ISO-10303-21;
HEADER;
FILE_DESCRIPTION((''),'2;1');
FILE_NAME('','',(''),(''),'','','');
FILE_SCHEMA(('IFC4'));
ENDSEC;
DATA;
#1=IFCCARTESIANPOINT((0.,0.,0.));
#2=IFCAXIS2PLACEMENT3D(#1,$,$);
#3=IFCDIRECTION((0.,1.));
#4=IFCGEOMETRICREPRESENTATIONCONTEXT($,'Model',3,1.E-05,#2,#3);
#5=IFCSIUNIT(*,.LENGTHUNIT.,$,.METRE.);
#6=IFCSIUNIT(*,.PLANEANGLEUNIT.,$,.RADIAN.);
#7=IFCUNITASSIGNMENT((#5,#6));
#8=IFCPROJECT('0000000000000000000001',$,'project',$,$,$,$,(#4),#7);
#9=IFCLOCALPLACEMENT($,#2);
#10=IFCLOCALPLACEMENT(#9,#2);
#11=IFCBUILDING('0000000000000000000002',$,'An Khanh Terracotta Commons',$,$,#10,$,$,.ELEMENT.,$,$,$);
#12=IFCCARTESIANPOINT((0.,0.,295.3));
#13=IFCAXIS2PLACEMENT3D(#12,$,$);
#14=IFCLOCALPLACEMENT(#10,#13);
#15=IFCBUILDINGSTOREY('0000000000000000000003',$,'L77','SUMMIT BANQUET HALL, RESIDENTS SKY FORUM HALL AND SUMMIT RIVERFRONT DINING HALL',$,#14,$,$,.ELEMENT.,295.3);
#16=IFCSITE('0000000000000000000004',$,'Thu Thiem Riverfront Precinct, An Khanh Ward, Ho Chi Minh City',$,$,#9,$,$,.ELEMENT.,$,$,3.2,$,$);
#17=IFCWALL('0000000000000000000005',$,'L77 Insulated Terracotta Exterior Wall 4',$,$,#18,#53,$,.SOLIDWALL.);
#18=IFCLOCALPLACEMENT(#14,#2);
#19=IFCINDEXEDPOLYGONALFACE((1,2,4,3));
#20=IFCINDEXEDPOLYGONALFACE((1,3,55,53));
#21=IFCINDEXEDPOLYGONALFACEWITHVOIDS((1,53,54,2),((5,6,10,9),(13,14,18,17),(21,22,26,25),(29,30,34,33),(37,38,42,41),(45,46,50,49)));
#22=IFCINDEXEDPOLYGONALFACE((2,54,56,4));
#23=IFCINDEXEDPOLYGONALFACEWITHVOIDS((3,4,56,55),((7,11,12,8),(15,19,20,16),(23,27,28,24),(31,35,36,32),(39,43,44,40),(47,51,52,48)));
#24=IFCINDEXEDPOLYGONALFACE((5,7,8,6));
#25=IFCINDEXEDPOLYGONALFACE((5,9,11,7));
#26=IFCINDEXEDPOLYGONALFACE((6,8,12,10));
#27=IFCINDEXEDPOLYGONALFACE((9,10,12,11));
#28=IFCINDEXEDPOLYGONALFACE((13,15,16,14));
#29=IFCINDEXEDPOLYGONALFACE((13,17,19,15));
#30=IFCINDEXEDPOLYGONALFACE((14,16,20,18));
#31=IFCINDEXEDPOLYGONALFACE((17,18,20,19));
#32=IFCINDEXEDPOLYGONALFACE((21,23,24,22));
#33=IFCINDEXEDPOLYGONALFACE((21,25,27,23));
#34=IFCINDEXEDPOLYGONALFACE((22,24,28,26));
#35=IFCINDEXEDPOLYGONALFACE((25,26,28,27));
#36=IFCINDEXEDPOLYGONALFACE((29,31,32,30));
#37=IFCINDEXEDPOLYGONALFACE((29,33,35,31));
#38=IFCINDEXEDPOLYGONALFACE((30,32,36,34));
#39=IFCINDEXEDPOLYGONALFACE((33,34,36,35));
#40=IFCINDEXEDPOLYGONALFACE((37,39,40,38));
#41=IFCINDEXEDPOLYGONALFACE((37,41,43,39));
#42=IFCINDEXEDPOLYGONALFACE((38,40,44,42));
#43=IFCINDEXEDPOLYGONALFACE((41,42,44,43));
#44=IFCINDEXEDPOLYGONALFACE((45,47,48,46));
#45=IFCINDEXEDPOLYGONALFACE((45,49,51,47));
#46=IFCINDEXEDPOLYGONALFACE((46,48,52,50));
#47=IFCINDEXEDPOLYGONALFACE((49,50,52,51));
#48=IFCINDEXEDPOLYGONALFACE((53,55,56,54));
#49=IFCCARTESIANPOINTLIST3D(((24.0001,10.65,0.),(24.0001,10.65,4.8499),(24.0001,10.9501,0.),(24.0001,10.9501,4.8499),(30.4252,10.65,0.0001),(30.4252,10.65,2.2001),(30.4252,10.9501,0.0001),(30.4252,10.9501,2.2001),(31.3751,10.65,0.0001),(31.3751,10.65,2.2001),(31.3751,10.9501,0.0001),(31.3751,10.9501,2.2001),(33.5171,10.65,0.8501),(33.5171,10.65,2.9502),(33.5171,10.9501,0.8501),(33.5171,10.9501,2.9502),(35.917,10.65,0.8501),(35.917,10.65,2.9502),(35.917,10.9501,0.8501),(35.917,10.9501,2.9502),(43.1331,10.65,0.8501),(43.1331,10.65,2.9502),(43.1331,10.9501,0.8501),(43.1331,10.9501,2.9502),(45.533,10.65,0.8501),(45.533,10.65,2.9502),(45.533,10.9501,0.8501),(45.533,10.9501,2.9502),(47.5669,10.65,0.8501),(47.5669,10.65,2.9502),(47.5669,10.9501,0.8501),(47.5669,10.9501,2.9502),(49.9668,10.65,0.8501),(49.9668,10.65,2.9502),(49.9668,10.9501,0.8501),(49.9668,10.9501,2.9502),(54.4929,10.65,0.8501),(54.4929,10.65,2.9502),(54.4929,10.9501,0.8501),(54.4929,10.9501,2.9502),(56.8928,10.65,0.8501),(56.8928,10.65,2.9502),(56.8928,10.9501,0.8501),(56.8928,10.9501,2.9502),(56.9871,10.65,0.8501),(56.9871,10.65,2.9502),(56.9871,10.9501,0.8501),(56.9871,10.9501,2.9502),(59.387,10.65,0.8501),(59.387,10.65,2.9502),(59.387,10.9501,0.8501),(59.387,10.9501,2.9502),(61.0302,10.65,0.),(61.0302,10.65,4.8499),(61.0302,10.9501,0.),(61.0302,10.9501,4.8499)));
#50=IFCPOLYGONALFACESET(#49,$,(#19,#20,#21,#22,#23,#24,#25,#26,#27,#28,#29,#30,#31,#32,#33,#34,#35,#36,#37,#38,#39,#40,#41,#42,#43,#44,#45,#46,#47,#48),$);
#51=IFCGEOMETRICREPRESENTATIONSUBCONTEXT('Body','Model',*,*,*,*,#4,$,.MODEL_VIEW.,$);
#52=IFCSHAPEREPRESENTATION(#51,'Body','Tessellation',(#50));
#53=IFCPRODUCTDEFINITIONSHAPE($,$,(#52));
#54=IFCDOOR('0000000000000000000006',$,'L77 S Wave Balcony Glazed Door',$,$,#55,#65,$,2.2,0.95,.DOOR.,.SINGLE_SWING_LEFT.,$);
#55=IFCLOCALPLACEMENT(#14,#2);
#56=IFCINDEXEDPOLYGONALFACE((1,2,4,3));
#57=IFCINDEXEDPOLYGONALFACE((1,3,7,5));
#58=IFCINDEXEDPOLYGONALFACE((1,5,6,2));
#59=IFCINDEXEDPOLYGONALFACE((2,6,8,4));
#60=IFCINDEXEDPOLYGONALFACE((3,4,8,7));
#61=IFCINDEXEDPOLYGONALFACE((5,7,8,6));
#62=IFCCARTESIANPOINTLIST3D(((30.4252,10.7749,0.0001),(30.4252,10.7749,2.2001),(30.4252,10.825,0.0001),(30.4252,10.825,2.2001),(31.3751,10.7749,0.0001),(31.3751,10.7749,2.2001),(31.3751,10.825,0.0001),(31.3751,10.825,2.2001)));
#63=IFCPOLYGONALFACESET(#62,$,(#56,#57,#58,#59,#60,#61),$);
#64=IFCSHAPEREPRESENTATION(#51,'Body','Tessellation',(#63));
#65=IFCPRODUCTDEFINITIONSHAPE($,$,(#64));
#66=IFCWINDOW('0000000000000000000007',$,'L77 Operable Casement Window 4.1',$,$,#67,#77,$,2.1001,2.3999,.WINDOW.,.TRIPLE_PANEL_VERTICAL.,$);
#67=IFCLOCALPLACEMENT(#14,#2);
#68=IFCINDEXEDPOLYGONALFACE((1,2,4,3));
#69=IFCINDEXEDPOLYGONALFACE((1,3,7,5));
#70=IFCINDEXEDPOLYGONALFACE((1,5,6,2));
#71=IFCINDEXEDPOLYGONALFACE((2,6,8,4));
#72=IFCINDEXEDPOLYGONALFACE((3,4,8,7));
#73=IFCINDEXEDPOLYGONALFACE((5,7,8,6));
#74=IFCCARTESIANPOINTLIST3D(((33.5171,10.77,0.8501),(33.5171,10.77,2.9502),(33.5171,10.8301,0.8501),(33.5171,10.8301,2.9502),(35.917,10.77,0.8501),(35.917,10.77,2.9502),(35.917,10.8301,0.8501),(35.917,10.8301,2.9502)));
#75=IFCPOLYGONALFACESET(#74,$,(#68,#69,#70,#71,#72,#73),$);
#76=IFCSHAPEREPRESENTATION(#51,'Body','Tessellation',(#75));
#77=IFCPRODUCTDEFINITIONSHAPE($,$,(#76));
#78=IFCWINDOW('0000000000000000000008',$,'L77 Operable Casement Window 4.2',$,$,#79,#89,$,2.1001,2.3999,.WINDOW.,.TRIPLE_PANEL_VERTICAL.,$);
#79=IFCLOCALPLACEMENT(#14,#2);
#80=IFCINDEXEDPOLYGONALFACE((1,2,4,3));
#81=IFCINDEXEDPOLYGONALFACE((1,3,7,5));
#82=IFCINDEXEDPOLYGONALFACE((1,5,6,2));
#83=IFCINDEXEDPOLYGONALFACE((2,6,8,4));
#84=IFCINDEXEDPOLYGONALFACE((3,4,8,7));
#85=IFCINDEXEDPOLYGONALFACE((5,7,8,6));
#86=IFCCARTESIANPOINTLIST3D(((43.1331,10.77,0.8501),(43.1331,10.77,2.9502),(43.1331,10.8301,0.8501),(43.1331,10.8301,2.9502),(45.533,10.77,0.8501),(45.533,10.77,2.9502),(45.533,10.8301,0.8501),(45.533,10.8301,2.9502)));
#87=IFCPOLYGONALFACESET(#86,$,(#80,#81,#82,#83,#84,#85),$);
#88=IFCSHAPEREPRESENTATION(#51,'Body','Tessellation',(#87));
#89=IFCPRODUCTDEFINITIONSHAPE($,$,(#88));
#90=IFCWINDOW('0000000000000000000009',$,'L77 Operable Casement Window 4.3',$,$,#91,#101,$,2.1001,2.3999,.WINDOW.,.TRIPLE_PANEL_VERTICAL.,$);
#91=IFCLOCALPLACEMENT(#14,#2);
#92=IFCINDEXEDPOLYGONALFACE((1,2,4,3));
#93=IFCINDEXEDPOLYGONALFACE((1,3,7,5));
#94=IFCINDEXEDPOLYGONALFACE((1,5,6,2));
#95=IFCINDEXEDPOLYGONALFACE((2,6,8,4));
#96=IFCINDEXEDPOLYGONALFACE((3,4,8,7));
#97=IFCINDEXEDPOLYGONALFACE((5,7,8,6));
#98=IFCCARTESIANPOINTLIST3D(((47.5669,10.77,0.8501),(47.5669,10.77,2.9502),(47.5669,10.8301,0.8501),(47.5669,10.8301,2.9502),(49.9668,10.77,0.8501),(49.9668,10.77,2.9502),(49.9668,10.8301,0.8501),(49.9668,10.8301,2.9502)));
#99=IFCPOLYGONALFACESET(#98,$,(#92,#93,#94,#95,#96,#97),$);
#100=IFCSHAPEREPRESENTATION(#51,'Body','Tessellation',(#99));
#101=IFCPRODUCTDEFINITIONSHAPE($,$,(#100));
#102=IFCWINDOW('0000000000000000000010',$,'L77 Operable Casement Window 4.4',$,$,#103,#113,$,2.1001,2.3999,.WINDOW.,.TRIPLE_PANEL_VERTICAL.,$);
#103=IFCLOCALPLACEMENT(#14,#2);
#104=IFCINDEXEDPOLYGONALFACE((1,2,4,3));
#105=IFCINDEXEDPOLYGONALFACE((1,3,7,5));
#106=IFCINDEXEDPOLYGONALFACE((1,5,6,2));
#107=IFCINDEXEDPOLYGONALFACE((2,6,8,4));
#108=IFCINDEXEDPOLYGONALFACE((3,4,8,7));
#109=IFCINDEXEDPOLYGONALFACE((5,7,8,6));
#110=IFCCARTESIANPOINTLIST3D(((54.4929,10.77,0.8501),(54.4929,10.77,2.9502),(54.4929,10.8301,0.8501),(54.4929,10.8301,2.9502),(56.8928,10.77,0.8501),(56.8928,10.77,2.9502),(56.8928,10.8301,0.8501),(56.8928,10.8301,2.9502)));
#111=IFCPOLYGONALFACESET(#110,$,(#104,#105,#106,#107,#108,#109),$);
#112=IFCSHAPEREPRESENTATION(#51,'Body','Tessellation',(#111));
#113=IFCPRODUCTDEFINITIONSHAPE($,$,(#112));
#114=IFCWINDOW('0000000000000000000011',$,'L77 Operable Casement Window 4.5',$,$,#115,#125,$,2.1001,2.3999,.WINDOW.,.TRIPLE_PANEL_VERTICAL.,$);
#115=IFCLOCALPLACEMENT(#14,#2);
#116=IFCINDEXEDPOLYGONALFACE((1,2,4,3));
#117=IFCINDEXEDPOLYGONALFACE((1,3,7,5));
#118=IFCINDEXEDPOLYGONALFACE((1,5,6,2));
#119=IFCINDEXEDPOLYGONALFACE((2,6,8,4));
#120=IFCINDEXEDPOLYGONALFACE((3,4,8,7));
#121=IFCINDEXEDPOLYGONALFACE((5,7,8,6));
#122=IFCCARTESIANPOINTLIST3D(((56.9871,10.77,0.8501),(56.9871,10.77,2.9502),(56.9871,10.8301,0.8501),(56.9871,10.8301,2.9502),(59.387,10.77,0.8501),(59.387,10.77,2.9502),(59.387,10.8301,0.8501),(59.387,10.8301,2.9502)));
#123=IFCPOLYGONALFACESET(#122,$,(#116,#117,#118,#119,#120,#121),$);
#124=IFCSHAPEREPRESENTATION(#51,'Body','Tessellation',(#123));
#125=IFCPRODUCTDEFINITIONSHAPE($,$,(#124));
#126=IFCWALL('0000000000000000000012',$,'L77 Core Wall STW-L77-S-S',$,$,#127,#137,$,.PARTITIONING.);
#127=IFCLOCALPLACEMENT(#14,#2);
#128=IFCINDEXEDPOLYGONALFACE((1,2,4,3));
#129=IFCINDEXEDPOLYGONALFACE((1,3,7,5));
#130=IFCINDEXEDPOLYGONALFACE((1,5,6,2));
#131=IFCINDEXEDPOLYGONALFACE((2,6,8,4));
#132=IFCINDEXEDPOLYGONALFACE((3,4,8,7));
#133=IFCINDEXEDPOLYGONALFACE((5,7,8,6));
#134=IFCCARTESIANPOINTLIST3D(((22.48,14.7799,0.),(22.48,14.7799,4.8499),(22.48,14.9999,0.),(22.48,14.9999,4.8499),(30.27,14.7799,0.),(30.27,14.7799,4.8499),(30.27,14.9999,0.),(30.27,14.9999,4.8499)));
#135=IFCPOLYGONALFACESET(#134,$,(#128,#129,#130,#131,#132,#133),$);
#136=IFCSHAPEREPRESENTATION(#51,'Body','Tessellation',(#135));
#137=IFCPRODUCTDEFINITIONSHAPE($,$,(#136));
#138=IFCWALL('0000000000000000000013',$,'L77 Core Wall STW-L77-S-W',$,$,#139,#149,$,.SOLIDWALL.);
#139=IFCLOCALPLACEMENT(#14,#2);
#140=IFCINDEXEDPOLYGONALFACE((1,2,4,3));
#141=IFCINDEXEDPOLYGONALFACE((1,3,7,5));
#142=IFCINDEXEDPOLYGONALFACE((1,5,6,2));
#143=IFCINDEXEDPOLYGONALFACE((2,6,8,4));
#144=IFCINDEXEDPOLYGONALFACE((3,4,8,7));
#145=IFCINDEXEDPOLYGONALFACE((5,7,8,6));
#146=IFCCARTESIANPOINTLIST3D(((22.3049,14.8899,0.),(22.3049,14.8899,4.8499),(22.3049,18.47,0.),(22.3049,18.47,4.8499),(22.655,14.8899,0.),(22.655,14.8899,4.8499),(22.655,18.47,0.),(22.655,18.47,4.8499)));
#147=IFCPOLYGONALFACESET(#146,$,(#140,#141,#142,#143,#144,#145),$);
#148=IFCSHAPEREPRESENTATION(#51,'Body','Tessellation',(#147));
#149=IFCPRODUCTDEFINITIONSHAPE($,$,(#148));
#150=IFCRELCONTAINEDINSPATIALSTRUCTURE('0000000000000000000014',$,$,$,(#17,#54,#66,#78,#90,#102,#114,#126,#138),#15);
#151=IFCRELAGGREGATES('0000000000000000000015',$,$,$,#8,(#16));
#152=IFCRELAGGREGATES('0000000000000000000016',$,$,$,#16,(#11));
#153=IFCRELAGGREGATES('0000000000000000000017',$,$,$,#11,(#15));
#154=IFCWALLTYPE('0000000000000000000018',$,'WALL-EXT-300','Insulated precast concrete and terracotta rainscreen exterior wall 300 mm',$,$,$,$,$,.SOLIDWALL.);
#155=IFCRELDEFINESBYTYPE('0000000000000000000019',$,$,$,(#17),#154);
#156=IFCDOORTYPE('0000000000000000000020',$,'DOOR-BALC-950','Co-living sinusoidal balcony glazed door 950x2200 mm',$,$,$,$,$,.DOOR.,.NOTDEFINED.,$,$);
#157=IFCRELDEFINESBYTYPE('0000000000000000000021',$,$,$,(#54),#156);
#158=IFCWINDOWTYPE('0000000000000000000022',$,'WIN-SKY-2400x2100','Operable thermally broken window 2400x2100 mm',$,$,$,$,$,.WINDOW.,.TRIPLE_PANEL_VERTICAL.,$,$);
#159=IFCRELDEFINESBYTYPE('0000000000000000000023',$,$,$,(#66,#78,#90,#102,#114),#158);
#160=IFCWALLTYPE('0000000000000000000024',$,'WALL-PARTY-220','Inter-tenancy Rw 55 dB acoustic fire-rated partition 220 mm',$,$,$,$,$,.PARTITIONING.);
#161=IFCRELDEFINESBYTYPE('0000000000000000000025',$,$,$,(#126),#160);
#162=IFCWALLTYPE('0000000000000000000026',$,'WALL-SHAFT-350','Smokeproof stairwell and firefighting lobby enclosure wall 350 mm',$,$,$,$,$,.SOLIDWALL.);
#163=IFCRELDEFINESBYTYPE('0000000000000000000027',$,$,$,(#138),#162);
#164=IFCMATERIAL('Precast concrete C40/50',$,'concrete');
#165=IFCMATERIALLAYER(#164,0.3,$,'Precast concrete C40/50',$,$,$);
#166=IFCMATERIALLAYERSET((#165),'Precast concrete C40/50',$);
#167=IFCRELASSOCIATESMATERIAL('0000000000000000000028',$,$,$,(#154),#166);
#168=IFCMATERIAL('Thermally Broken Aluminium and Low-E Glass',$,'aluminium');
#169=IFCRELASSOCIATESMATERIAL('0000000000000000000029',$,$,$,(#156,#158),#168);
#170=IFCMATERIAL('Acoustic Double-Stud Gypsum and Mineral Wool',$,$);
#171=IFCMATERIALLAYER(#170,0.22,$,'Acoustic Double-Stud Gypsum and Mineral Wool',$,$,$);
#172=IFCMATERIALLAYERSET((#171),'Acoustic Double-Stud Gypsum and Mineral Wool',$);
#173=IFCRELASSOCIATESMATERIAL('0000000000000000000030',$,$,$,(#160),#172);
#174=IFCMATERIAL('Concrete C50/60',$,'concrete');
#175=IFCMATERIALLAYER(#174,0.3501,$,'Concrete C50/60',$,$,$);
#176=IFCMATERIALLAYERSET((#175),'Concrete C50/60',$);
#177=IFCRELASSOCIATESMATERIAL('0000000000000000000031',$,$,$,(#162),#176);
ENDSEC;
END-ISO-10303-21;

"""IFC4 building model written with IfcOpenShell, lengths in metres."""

from ifc_helpers import new_model, si_unit, direction, frame, frame_2d, origin, place, context, subcontext, project, spatial, rectangle, extrude, material, layer, layer_set, type_object, element, fill, save


model = new_model("IFC4")

# Units and contexts
model_context = context("Model", 3, precision=1e-05, world=origin(), true_north=direction((0.0, 1.0)))
body_context = subcontext(model_context, "Body", "Model", "MODEL_VIEW")
ifc_project = project(units=[si_unit("LENGTHUNIT", "METRE"), si_unit("PLANEANGLEUNIT", "RADIAN")], contexts=[model_context])

# Site, building, storey
site_placement = place(None, origin())
site = spatial("IfcSite", under=ifc_project, at=site_placement, Name="Thu Thiem Riverfront Precinct, An Khanh Ward, Ho Chi Minh City", CompositionType="ELEMENT", RefElevation=3.2)
building_placement = place(site_placement, origin())
building = spatial("IfcBuilding", under=site, at=building_placement, Name="An Khanh Terracotta Commons", CompositionType="ELEMENT")
storey_placement = place(building_placement, frame((0.0, 0.0, 295.3)))
storey = spatial("IfcBuildingStorey", under=building, at=storey_placement, Name="L77", Description="SUMMIT BANQUET HALL, RESIDENTS SKY FORUM HALL AND SUMMIT RIVERFRONT DINING HALL", CompositionType="ELEMENT", Elevation=295.3)

# Shared definitions
ifc_material_1 = material(Name="Concrete C50/60", Category="concrete")

# Shared definitions
ifc_material_2 = material(Name="Precast concrete C40/50", Category="concrete")
ifc_layer_1 = layer(ifc_material_2, 0.3, Name="Precast concrete C40/50")
ifc_layer_set_1 = layer_set([ifc_layer_1], Name="Precast concrete C40/50")
wall_type_1 = type_object("IfcWallType", Name="WALL-EXT-300", Description="Insulated precast concrete and terracotta rainscreen exterior wall 300 mm", PredefinedType="SOLIDWALL", material=ifc_layer_set_1)

# Wall, openings, door, windows
wall_1_placement = place(storey_placement, frame((24.0, 10.8, 0.0), z_axis=(0.0, 0.0, 1.0), x_axis=(1.0, 0.0, 0.0)))
wall_1 = element("IfcWall", 1, at=wall_1_placement, inside=storey, type_object=wall_type_1, Name="L77 Insulated Terracotta Exterior Wall 4", PredefinedType="SOLIDWALL", context=body_context, shape_type="SweptSolid", body=[
    extrude(rectangle(XDim=37.03, YDim=0.3, at=frame_2d((18.5151, 0.0))), origin(), (0.0, 0.0, 1.0), 4.8499),
])
opening_1_placement = place(wall_1_placement, frame((6.425, 0.0, 0.0)))
opening_1 = element("IfcOpeningElement", 2, at=opening_1_placement, cuts=wall_1, PredefinedType="OPENING", context=body_context, shape_type="SweptSolid", body=[
    extrude(rectangle(XDim=0.95, YDim=2.2, at=frame_2d((0.4751, 1.1001))), frame((0.0, 0.1599, 0.0), z_axis=(0.0, -1.0, 0.0), x_axis=(1.0, 0.0, 0.0)), (0.0, 0.0, 1.0), 0.3201),
])
opening_2_placement = place(wall_1_placement, frame((9.5171, 0.0, 0.8501)))
opening_2 = element("IfcOpeningElement", 3, at=opening_2_placement, cuts=wall_1, PredefinedType="OPENING", context=body_context, shape_type="SweptSolid", body=[
    extrude(rectangle(XDim=2.3999, YDim=2.1001, at=frame_2d((1.2, 1.05))), frame((0.0, 0.1599, 0.0), z_axis=(0.0, -1.0, 0.0), x_axis=(1.0, 0.0, 0.0)), (0.0, 0.0, 1.0), 0.3201),
])
opening_3_placement = place(wall_1_placement, frame((19.1331, 0.0, 0.8501)))
opening_3 = element("IfcOpeningElement", 4, at=opening_3_placement, cuts=wall_1, PredefinedType="OPENING", context=body_context, shape_type="SweptSolid", body=[
    extrude(rectangle(XDim=2.3999, YDim=2.1001, at=frame_2d((1.2, 1.05))), frame((0.0, 0.1599, 0.0), z_axis=(0.0, -1.0, 0.0), x_axis=(1.0, 0.0, 0.0)), (0.0, 0.0, 1.0), 0.3201),
])
opening_4_placement = place(wall_1_placement, frame((23.5669, 0.0, 0.8501)))
opening_4 = element("IfcOpeningElement", 5, at=opening_4_placement, cuts=wall_1, PredefinedType="OPENING", context=body_context, shape_type="SweptSolid", body=[
    extrude(rectangle(XDim=2.3999, YDim=2.1001, at=frame_2d((1.2, 1.05))), frame((0.0, 0.1599, 0.0), z_axis=(0.0, -1.0, 0.0), x_axis=(1.0, 0.0, 0.0)), (0.0, 0.0, 1.0), 0.3201),
])
opening_5_placement = place(wall_1_placement, frame((30.4929, 0.0, 0.8501)))
opening_5 = element("IfcOpeningElement", 6, at=opening_5_placement, cuts=wall_1, PredefinedType="OPENING", context=body_context, shape_type="SweptSolid", body=[
    extrude(rectangle(XDim=2.3999, YDim=2.1001, at=frame_2d((1.2, 1.05))), frame((0.0, 0.1599, 0.0), z_axis=(0.0, -1.0, 0.0), x_axis=(1.0, 0.0, 0.0)), (0.0, 0.0, 1.0), 0.3201),
])
opening_6_placement = place(wall_1_placement, frame((32.9871, 0.0, 0.8501)))
opening_6 = element("IfcOpeningElement", 7, at=opening_6_placement, cuts=wall_1, PredefinedType="OPENING", context=body_context, shape_type="SweptSolid", body=[
    extrude(rectangle(XDim=2.3999, YDim=2.1001, at=frame_2d((1.2, 1.05))), frame((0.0, 0.1599, 0.0), z_axis=(0.0, -1.0, 0.0), x_axis=(1.0, 0.0, 0.0)), (0.0, 0.0, 1.0), 0.3201),
])
ifc_material_3 = material(Name="Thermally Broken Aluminium and Low-E Glass", Category="aluminium")
door_type = type_object("IfcDoorType", Name="DOOR-BALC-950", Description="Co-living sinusoidal balcony glazed door 950x2200 mm", OperationType="NOTDEFINED", PredefinedType="DOOR", material=ifc_material_3)
door_placement = place(opening_1_placement, origin())
door = element("IfcDoor", 8, at=door_placement, inside=storey, type_object=door_type, Name="L77 S Wave Balcony Glazed Door", OperationType="SINGLE_SWING_LEFT", OverallHeight=2.2, OverallWidth=0.95, PredefinedType="DOOR", context=body_context, shape_type="SweptSolid", body=[
    extrude(rectangle(XDim=0.95, YDim=2.2, at=frame_2d((0.4751, 1.1001))), frame((0.0, 0.0249, 0.0), z_axis=(0.0, -1.0, 0.0), x_axis=(1.0, 0.0, 0.0)), (0.0, 0.0, 1.0), 0.05),
])
fill(opening_1, door)
window_type = type_object("IfcWindowType", Name="WIN-SKY-2400x2100", Description="Operable thermally broken window 2400x2100 mm", PartitioningType="TRIPLE_PANEL_VERTICAL", PredefinedType="WINDOW", material=ifc_material_3)
window_1_placement = place(opening_2_placement, origin())
window_1 = element("IfcWindow", 9, at=window_1_placement, inside=storey, type_object=window_type, Name="L77 Operable Casement Window 4.1", OverallHeight=2.1001, OverallWidth=2.3999, PartitioningType="TRIPLE_PANEL_VERTICAL", PredefinedType="WINDOW", context=body_context, shape_type="SweptSolid", body=[
    extrude(rectangle(XDim=2.3999, YDim=2.1001, at=frame_2d((1.2, 1.05))), frame((0.0, 0.03, 0.0), z_axis=(0.0, -1.0, 0.0), x_axis=(1.0, 0.0, 0.0)), (0.0, 0.0, 1.0), 0.0601),
])
fill(opening_2, window_1)
window_2_placement = place(opening_3_placement, origin())
window_2 = element("IfcWindow", 10, at=window_2_placement, inside=storey, type_object=window_type, Name="L77 Operable Casement Window 4.2", OverallHeight=2.1001, OverallWidth=2.3999, PartitioningType="TRIPLE_PANEL_VERTICAL", PredefinedType="WINDOW", context=body_context, shape_type="SweptSolid", body=[
    extrude(rectangle(XDim=2.3999, YDim=2.1001, at=frame_2d((1.2, 1.05))), frame((0.0, 0.03, 0.0), z_axis=(0.0, -1.0, 0.0), x_axis=(1.0, 0.0, 0.0)), (0.0, 0.0, 1.0), 0.0601),
])
fill(opening_3, window_2)
window_3_placement = place(opening_4_placement, origin())
window_3 = element("IfcWindow", 11, at=window_3_placement, inside=storey, type_object=window_type, Name="L77 Operable Casement Window 4.3", OverallHeight=2.1001, OverallWidth=2.3999, PartitioningType="TRIPLE_PANEL_VERTICAL", PredefinedType="WINDOW", context=body_context, shape_type="SweptSolid", body=[
    extrude(rectangle(XDim=2.3999, YDim=2.1001, at=frame_2d((1.2, 1.05))), frame((0.0, 0.03, 0.0), z_axis=(0.0, -1.0, 0.0), x_axis=(1.0, 0.0, 0.0)), (0.0, 0.0, 1.0), 0.0601),
])
fill(opening_4, window_3)
window_4_placement = place(opening_5_placement, origin())
window_4 = element("IfcWindow", 12, at=window_4_placement, inside=storey, type_object=window_type, Name="L77 Operable Casement Window 4.4", OverallHeight=2.1001, OverallWidth=2.3999, PartitioningType="TRIPLE_PANEL_VERTICAL", PredefinedType="WINDOW", context=body_context, shape_type="SweptSolid", body=[
    extrude(rectangle(XDim=2.3999, YDim=2.1001, at=frame_2d((1.2, 1.05))), frame((0.0, 0.03, 0.0), z_axis=(0.0, -1.0, 0.0), x_axis=(1.0, 0.0, 0.0)), (0.0, 0.0, 1.0), 0.0601),
])
fill(opening_5, window_4)
window_5_placement = place(opening_6_placement, origin())
window_5 = element("IfcWindow", 13, at=window_5_placement, inside=storey, type_object=window_type, Name="L77 Operable Casement Window 4.5", OverallHeight=2.1001, OverallWidth=2.3999, PartitioningType="TRIPLE_PANEL_VERTICAL", PredefinedType="WINDOW", context=body_context, shape_type="SweptSolid", body=[
    extrude(rectangle(XDim=2.3999, YDim=2.1001, at=frame_2d((1.2, 1.05))), frame((0.0, 0.03, 0.0), z_axis=(0.0, -1.0, 0.0), x_axis=(1.0, 0.0, 0.0)), (0.0, 0.0, 1.0), 0.0601),
])
fill(opening_6, window_5)

# Walls
ifc_material_4 = material(Name="Acoustic Double-Stud Gypsum and Mineral Wool")
ifc_layer_2 = layer(ifc_material_4, 0.22, Name="Acoustic Double-Stud Gypsum and Mineral Wool")
ifc_layer_set_2 = layer_set([ifc_layer_2], Name="Acoustic Double-Stud Gypsum and Mineral Wool")
wall_type_2 = type_object("IfcWallType", Name="WALL-PARTY-220", Description="Inter-tenancy Rw 55 dB acoustic fire-rated partition 220 mm", PredefinedType="PARTITIONING", material=ifc_layer_set_2)
wall_2_placement = place(storey_placement, frame((22.48, 14.8899, 0.0), z_axis=(0.0, 0.0, 1.0), x_axis=(1.0, 0.0, 0.0)))
element("IfcWall", 14, at=wall_2_placement, inside=storey, type_object=wall_type_2, Name="L77 Core Wall STW-L77-S-S", PredefinedType="PARTITIONING", context=body_context, shape_type="SweptSolid", body=[
    extrude(rectangle(XDim=7.79, YDim=0.22, at=frame_2d((3.895, 0.0))), origin(), (0.0, 0.0, 1.0), 4.8499),
])
ifc_layer_3 = layer(ifc_material_1, 0.3501, Name="Concrete C50/60")
ifc_layer_set_3 = layer_set([ifc_layer_3], Name="Concrete C50/60")
wall_type_3 = type_object("IfcWallType", Name="WALL-SHAFT-350", Description="Smokeproof stairwell and firefighting lobby enclosure wall 350 mm", PredefinedType="SOLIDWALL", material=ifc_layer_set_3)
wall_3_placement = place(storey_placement, frame((22.48, 14.8899, 0.0), z_axis=(0.0, 0.0, 1.0), x_axis=(0.0, 1.0, 0.0)))
element("IfcWall", 15, at=wall_3_placement, inside=storey, type_object=wall_type_3, Name="L77 Core Wall STW-L77-S-W", PredefinedType="SOLIDWALL", context=body_context, shape_type="SweptSolid", body=[
    extrude(rectangle(XDim=3.5801, YDim=0.3501, at=frame_2d((1.79, 0.0))), origin(), (0.0, 0.0, 1.0), 4.8499),
])

save(model, "model.ifc")
